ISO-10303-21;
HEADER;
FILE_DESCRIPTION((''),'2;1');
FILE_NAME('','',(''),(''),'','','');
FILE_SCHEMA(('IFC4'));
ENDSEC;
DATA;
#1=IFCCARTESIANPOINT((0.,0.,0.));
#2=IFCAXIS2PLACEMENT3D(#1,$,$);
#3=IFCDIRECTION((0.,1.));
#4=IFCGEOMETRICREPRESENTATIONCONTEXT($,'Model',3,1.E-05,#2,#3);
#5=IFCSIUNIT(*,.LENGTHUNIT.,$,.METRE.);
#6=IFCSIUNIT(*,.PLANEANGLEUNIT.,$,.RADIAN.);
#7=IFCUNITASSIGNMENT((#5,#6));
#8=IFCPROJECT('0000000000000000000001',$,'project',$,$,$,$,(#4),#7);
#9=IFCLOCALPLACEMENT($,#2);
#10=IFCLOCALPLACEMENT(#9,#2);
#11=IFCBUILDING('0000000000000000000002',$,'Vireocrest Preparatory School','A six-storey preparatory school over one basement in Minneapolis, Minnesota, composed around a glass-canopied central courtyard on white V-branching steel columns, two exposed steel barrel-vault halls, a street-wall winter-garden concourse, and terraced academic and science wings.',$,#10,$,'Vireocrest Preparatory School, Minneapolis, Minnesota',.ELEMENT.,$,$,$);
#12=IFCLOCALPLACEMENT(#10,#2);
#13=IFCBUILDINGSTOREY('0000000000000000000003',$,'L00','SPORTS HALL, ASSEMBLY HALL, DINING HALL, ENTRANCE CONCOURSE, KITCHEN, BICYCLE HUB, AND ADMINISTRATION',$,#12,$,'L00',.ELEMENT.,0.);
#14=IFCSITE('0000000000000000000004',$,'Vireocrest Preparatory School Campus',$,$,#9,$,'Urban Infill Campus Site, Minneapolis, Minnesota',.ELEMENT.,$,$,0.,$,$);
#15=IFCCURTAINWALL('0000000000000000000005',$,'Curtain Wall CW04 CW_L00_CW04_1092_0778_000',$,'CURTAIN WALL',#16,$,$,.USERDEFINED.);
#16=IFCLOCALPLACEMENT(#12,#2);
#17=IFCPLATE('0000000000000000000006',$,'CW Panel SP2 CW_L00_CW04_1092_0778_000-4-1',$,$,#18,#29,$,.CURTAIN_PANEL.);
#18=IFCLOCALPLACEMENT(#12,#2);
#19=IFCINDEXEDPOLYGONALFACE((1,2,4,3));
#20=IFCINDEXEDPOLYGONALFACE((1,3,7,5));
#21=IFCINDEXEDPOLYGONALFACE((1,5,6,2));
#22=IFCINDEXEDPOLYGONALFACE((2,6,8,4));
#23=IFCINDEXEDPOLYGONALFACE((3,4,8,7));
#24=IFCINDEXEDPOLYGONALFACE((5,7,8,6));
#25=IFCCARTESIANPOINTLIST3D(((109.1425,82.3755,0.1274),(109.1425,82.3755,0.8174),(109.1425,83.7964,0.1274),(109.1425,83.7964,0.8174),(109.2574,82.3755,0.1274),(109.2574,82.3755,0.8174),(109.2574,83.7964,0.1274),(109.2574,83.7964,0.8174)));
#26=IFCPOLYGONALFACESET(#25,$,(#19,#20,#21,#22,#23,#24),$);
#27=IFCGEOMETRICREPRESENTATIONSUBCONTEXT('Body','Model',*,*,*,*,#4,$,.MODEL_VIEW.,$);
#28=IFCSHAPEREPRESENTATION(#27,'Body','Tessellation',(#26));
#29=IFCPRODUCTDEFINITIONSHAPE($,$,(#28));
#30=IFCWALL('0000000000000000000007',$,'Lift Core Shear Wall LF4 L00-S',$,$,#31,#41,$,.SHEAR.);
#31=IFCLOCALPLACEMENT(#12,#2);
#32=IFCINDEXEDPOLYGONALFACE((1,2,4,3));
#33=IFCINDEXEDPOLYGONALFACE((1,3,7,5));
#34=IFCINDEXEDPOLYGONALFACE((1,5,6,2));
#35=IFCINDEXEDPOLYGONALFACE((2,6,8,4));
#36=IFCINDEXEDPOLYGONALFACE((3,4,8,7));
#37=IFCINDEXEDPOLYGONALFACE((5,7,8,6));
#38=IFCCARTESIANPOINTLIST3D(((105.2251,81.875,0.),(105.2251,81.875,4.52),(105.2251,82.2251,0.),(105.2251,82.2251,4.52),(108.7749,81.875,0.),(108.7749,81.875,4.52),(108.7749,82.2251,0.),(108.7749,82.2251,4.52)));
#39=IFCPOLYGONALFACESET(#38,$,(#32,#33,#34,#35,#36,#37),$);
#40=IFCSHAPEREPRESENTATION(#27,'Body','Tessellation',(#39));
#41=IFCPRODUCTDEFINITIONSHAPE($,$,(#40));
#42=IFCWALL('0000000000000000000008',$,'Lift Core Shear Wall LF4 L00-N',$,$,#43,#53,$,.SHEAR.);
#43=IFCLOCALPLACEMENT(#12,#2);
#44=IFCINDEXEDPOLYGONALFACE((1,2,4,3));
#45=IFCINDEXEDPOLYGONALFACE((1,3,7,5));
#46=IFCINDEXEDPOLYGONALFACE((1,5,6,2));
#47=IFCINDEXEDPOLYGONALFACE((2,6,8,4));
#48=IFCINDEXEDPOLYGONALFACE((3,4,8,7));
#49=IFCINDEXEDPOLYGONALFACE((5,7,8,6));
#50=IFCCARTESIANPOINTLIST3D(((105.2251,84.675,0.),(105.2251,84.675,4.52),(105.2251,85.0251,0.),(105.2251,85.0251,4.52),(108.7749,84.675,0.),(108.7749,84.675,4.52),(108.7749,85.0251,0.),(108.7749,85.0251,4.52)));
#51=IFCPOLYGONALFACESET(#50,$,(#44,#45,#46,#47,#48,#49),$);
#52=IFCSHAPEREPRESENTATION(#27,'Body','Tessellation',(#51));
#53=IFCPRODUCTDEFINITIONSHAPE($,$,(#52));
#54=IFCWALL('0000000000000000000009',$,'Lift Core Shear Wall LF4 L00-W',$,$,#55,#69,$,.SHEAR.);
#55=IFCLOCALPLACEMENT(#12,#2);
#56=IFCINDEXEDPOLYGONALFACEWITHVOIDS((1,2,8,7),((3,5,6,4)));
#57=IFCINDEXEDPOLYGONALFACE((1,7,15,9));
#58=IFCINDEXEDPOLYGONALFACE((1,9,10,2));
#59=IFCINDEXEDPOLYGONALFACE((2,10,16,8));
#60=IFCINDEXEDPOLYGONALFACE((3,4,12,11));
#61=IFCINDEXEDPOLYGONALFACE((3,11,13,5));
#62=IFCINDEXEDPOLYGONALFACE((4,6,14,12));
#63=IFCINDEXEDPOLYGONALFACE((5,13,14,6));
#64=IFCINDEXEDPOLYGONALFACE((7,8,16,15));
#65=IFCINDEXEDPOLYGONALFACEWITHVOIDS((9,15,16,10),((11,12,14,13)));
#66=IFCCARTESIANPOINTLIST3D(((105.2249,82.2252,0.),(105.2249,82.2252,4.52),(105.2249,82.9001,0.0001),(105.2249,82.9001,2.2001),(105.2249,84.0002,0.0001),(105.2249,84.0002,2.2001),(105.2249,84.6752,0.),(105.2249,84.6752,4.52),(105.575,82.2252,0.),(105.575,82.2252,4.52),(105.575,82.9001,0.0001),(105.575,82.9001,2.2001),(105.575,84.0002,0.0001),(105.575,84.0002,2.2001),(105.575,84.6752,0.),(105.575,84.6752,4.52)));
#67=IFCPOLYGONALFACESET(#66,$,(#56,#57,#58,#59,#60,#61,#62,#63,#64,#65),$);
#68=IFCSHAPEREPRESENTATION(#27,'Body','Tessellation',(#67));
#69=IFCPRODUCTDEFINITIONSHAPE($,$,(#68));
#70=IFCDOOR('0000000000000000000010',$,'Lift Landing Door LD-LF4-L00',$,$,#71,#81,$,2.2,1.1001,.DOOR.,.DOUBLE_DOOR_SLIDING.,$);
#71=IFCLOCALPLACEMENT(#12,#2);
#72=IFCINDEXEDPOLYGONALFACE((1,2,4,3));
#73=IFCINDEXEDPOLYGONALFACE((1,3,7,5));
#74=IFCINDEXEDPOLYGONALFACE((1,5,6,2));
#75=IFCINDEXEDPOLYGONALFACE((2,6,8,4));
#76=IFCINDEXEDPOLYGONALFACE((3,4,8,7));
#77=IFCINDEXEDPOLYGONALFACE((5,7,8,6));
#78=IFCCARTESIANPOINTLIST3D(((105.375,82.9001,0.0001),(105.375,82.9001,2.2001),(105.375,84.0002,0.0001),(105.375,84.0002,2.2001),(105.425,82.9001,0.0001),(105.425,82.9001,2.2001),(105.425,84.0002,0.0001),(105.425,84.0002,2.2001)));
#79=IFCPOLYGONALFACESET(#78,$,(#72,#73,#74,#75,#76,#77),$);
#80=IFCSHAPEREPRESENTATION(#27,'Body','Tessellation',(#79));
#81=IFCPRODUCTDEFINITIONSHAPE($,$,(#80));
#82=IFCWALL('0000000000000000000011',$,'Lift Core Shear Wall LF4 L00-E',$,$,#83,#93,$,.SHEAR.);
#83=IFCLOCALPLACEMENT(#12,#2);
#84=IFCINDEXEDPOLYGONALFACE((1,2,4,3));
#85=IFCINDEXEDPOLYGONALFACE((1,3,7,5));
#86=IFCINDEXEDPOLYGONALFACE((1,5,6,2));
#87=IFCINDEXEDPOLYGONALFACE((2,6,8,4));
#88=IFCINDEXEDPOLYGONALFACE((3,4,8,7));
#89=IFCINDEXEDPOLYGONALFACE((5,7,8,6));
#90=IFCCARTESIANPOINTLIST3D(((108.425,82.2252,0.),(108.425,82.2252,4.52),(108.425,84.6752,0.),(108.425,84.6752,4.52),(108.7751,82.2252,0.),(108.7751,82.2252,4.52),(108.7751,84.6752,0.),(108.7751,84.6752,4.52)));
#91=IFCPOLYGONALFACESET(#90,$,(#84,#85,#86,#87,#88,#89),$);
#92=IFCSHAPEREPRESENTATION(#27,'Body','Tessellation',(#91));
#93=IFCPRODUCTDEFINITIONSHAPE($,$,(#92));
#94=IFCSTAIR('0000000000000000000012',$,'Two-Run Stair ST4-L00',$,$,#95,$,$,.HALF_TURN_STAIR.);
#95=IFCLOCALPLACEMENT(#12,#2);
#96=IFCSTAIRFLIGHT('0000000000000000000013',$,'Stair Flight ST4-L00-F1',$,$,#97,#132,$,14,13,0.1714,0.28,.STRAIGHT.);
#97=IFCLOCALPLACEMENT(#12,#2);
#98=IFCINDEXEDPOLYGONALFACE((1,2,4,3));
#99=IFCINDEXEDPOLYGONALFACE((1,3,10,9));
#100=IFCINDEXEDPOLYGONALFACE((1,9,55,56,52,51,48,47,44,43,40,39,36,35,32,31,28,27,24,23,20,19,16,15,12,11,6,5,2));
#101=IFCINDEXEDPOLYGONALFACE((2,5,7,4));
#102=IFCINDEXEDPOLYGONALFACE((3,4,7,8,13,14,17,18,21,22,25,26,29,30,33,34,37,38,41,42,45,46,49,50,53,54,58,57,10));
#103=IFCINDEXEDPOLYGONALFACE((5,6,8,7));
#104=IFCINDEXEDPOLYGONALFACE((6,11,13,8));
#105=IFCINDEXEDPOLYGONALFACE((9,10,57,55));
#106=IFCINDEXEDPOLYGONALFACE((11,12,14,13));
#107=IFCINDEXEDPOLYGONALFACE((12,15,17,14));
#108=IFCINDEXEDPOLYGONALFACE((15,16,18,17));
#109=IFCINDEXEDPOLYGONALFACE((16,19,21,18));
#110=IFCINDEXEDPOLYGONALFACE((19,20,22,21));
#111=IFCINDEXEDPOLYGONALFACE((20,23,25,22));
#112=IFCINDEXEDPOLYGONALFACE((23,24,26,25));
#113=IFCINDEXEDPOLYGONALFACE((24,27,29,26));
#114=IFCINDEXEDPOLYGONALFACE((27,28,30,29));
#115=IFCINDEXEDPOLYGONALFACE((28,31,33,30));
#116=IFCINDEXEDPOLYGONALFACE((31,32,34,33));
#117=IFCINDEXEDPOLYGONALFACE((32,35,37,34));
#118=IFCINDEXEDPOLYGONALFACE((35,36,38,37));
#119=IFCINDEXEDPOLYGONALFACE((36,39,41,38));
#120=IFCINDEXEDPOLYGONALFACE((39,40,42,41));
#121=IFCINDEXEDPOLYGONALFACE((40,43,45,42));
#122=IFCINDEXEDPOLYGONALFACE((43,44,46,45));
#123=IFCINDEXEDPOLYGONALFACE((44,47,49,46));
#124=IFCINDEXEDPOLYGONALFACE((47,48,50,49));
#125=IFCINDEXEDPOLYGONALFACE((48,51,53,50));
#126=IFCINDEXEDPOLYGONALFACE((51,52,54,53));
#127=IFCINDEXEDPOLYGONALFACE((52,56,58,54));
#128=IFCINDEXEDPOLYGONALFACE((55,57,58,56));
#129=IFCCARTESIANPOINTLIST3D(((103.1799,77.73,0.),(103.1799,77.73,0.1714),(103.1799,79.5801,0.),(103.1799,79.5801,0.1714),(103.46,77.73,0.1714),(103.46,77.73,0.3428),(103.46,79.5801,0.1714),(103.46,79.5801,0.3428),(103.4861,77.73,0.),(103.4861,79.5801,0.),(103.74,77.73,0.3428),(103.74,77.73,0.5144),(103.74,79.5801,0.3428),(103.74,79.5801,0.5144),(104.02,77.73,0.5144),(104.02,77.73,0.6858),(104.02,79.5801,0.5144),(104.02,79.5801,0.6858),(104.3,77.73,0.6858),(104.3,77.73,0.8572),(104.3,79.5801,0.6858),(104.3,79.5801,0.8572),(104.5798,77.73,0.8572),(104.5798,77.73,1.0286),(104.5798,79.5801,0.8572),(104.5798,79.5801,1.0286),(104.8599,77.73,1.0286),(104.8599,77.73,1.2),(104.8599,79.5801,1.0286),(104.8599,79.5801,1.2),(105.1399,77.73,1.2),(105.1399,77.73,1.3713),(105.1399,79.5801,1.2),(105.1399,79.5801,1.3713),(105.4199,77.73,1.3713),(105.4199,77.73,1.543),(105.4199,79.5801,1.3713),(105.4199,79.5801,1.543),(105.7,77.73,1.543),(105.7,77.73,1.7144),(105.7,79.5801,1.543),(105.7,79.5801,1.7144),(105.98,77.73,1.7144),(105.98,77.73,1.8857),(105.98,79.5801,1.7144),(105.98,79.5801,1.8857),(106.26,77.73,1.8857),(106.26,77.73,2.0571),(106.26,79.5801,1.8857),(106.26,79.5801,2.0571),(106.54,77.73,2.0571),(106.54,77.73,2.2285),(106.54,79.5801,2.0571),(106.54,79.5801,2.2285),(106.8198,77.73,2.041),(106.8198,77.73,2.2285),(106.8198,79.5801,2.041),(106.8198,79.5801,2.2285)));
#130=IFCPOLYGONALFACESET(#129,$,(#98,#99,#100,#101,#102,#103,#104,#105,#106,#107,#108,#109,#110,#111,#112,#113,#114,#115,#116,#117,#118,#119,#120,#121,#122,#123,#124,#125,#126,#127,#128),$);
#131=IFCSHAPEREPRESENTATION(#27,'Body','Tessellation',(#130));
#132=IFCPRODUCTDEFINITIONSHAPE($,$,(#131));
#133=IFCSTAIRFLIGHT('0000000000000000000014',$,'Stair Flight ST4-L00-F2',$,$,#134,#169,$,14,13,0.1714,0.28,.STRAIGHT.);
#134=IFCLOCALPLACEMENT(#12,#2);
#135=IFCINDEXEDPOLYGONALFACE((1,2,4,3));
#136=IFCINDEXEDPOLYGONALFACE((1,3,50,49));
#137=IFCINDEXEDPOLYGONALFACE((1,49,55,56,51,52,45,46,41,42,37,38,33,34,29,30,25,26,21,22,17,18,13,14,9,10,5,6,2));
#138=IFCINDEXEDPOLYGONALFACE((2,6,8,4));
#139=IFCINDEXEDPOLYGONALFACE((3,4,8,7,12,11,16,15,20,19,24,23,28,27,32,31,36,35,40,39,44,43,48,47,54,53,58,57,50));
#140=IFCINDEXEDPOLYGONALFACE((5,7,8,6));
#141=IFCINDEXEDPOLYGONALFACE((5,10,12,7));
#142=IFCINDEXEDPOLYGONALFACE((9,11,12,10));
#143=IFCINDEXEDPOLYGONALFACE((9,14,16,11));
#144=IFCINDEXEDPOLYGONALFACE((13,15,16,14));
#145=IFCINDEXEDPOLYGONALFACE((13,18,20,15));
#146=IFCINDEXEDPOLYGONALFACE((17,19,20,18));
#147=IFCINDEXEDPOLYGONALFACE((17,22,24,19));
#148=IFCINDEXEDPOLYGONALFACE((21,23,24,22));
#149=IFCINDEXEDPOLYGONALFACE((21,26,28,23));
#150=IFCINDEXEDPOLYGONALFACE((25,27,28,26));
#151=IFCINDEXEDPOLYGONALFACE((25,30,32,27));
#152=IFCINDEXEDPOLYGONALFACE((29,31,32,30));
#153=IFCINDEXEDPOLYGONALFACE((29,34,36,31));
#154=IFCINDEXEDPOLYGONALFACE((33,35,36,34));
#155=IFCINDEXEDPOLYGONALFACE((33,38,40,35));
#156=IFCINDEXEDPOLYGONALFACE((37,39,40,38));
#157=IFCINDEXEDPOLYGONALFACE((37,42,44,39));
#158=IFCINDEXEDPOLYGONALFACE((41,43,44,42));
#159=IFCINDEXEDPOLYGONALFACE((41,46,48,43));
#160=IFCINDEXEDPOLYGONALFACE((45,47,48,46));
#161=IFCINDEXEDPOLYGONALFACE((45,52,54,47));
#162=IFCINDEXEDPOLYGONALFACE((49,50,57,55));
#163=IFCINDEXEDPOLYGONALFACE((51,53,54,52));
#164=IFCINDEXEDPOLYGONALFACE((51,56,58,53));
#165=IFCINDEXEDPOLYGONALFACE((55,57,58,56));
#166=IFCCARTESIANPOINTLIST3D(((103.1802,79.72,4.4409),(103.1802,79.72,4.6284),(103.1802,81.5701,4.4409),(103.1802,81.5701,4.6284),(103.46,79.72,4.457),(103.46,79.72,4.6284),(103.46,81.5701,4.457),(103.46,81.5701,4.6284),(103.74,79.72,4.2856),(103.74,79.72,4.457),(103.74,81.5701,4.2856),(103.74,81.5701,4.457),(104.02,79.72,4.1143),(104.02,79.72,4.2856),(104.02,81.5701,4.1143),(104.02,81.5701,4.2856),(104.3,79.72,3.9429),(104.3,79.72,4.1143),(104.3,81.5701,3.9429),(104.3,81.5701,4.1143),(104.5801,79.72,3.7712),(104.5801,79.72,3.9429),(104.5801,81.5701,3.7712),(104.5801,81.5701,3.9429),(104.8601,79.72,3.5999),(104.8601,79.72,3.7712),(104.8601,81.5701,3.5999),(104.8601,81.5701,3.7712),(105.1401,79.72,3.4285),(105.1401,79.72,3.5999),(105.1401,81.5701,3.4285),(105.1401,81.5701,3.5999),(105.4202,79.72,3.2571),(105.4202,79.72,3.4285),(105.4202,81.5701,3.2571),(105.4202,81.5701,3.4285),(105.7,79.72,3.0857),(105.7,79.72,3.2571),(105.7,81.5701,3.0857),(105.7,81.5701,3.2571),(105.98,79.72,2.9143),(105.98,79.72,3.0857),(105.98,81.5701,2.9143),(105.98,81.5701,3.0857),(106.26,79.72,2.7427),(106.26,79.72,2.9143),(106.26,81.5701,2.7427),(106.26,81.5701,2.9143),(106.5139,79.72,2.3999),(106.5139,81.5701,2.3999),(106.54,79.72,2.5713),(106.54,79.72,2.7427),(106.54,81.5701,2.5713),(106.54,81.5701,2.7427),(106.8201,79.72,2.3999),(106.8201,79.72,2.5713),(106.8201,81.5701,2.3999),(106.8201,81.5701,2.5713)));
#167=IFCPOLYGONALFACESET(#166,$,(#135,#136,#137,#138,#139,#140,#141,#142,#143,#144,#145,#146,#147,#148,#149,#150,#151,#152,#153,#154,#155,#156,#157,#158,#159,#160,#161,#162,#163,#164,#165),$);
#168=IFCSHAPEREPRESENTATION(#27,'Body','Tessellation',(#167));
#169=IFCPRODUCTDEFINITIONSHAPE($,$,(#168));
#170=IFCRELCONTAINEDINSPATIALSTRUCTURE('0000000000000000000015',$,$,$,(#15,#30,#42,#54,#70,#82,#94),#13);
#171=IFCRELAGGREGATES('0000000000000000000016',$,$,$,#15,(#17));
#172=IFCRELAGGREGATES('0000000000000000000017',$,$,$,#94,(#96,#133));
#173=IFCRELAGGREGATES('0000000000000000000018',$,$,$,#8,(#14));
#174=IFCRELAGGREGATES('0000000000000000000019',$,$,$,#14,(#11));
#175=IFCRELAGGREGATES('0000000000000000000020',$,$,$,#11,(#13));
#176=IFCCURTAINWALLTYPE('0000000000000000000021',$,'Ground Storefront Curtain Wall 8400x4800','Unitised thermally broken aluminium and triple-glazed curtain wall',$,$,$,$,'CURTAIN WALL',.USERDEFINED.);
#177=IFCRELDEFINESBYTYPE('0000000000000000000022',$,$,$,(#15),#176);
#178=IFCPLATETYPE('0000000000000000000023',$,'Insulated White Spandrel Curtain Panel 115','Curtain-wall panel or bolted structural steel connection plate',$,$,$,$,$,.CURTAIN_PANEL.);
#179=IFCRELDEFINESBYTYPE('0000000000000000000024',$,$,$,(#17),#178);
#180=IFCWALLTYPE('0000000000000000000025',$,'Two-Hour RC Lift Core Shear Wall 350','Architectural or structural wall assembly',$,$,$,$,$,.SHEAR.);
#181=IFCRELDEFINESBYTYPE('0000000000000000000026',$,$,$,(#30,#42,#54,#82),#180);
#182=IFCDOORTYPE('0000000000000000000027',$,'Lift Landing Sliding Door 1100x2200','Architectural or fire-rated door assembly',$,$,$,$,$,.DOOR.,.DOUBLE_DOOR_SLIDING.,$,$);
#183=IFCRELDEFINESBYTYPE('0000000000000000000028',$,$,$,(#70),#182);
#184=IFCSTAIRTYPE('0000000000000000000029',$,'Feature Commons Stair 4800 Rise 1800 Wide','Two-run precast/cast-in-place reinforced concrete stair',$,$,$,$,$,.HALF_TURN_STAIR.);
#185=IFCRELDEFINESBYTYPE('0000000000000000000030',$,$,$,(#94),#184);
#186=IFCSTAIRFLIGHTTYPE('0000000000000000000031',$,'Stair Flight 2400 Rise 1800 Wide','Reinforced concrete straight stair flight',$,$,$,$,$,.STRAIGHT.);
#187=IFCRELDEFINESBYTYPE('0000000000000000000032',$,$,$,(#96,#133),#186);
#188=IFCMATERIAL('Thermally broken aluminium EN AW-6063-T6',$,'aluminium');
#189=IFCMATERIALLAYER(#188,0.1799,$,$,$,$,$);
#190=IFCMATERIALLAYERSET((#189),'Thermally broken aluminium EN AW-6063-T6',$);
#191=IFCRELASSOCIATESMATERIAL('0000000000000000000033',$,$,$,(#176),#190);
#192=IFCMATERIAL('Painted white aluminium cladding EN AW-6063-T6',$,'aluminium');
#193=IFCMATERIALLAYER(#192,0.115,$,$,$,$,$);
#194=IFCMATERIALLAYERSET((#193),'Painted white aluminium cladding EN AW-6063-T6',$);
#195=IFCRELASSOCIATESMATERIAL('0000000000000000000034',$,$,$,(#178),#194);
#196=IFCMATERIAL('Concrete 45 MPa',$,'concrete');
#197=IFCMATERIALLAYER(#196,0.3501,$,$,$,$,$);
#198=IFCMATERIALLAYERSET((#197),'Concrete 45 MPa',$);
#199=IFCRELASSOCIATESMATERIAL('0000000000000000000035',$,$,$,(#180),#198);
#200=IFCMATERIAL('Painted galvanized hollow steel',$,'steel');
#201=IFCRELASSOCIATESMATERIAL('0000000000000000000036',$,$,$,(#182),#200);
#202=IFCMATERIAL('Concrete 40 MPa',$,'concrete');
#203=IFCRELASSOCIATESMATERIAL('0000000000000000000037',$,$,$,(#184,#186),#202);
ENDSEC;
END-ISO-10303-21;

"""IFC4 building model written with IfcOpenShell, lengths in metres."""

from ifc_helpers import new_model, si_unit, direction, frame, frame_2d, origin, origin_2d, place, context, subcontext, project, spatial, polyline, rectangle, outline, extrude, material, layer, layer_set, type_object, element, fill, aggregate, save


model = new_model("IFC4")

# Units and contexts
model_context = context("Model", 3, precision=1e-05, world=origin(), true_north=direction((0.0, 1.0)))
body_context = subcontext(model_context, "Body", "Model", "MODEL_VIEW")
ifc_project = project(units=[si_unit("LENGTHUNIT", "METRE"), si_unit("PLANEANGLEUNIT", "RADIAN")], contexts=[model_context])

# Site, building, storey
site_placement = place(None, origin())
site = spatial("IfcSite", under=ifc_project, at=site_placement, Name="Vireocrest Preparatory School Campus", LongName="Urban Infill Campus Site, Minneapolis, Minnesota", CompositionType="ELEMENT", RefElevation=0.0)
building_placement = place(site_placement, origin())
building = spatial("IfcBuilding", under=site, at=building_placement, Name="Vireocrest Preparatory School", Description="A six-storey preparatory school over one basement in Minneapolis, Minnesota, composed around a glass-canopied central courtyard on white V-branching steel columns, two exposed steel barrel-vault halls, a street-wall winter-garden concourse, and terraced academic and science wings.", LongName="Vireocrest Preparatory School, Minneapolis, Minnesota", CompositionType="ELEMENT")
storey_placement = place(building_placement, origin())
storey = spatial("IfcBuildingStorey", under=building, at=storey_placement, Name="L00", Description="SPORTS HALL, ASSEMBLY HALL, DINING HALL, ENTRANCE CONCOURSE, KITCHEN, BICYCLE HUB, AND ADMINISTRATION", LongName="L00", CompositionType="ELEMENT", Elevation=0.0)

# Curtain wall, plate
ifc_material_1 = material(Name="Thermally broken aluminium EN AW-6063-T6", Category="aluminium")
ifc_layer_1 = layer(ifc_material_1, 0.1799)
ifc_layer_set_1 = layer_set([ifc_layer_1], Name="Thermally broken aluminium EN AW-6063-T6")
curtain_wall_type = type_object("IfcCurtainWallType", Name="Ground Storefront Curtain Wall 8400x4800", Description="Unitised thermally broken aluminium and triple-glazed curtain wall", ElementType="CURTAIN WALL", PredefinedType="USERDEFINED", material=ifc_layer_set_1)
curtain_wall_placement = place(storey_placement, origin())
curtain_wall = element("IfcCurtainWall", 1, at=curtain_wall_placement, inside=storey, type_object=curtain_wall_type, Name="Curtain Wall CW04 CW_L00_CW04_1092_0778_000", ObjectType="CURTAIN WALL", PredefinedType="USERDEFINED")
ifc_material_2 = material(Name="Painted white aluminium cladding EN AW-6063-T6", Category="aluminium")
ifc_layer_2 = layer(ifc_material_2, 0.115)
ifc_layer_set_2 = layer_set([ifc_layer_2], Name="Painted white aluminium cladding EN AW-6063-T6")
plate_type_1 = type_object("IfcPlateType", Name="Insulated White Spandrel Curtain Panel 115", Description="Curtain-wall panel or bolted structural steel connection plate", PredefinedType="CURTAIN_PANEL", material=ifc_layer_set_2)
plate_1_placement = place(storey_placement, frame((109.2, 83.0859, 0.1274), z_axis=(0.0, 0.0, 1.0), x_axis=(0.0, 1.0, 0.0)))
plate_1 = element("IfcPlate", 2, at=plate_1_placement, type_object=plate_type_1, Name="CW Panel SP2 CW_L00_CW04_1092_0778_000-4-1", PredefinedType="CURTAIN_PANEL", context=body_context, shape_type="SweptSolid", body=[
    extrude(rectangle(XDim=1.4209, YDim=0.115, at=origin_2d()), origin(), (0.0, 0.0, 1.0), 0.6899),
])
aggregate(curtain_wall, [plate_1])

# Walls
ifc_material_3 = material(Name="Concrete 45 MPa", Category="concrete")
ifc_layer_3 = layer(ifc_material_3, 0.3501)
ifc_layer_set_3 = layer_set([ifc_layer_3], Name="Concrete 45 MPa")
wall_type = type_object("IfcWallType", Name="Two-Hour RC Lift Core Shear Wall 350", Description="Architectural or structural wall assembly", PredefinedType="SHEAR", material=ifc_layer_set_3)
for number, where, z_axis, x_axis, name in (
    (3, (105.2251, 82.05, 0.0), (0.0, 0.0, 1.0), (1.0, 0.0, 0.0), "Lift Core Shear Wall LF4 L00-S"),
    (4, (105.2251, 84.8501, 0.0), (0.0, 0.0, 1.0), (1.0, 0.0, 0.0), "Lift Core Shear Wall LF4 L00-N"),
):
    element("IfcWall", number, at=place(storey_placement, frame(where, z_axis=z_axis, x_axis=x_axis)), inside=storey, type_object=wall_type, Name=name, PredefinedType="SHEAR", context=body_context, shape_type="SweptSolid", body=[
        extrude(rectangle(XDim=3.5498, YDim=0.3501, at=frame_2d((1.7749, 0.0))), origin(), (0.0, 0.0, 1.0), 4.52),
    ])

# Wall, opening, door
wall_1_placement = place(storey_placement, frame((105.3999, 82.2251, 0.0), z_axis=(0.0, 0.0, 1.0), x_axis=(0.0, 1.0, 0.0)))
wall_1 = element("IfcWall", 5, at=wall_1_placement, inside=storey, type_object=wall_type, Name="Lift Core Shear Wall LF4 L00-W", PredefinedType="SHEAR", context=body_context, shape_type="SweptSolid", body=[
    extrude(rectangle(XDim=2.45, YDim=0.3501, at=frame_2d((1.2251, 0.0))), origin(), (0.0, 0.0, 1.0), 4.52),
])
opening_placement = place(wall_1_placement, frame((0.675, 0.0, 0.0)))
opening = element("IfcOpeningElement", 6, at=opening_placement, cuts=wall_1, PredefinedType="OPENING", context=body_context, shape_type="SweptSolid", body=[
    extrude(rectangle(XDim=1.1001, YDim=2.2, at=frame_2d((0.55, 1.1001))), frame((0.0, 0.1851, 0.0), z_axis=(0.0, -1.0, 0.0), x_axis=(1.0, 0.0, 0.0)), (0.0, 0.0, 1.0), 0.3701),
])
ifc_material_4 = material(Name="Painted galvanized hollow steel", Category="steel")
door_type = type_object("IfcDoorType", Name="Lift Landing Sliding Door 1100x2200", Description="Architectural or fire-rated door assembly", OperationType="DOUBLE_DOOR_SLIDING", PredefinedType="DOOR", material=ifc_material_4)
door_placement = place(opening_placement, origin())
door = element("IfcDoor", 7, at=door_placement, inside=storey, type_object=door_type, Name="Lift Landing Door LD-LF4-L00", OperationType="DOUBLE_DOOR_SLIDING", OverallHeight=2.2, OverallWidth=1.1001, PredefinedType="DOOR", context=body_context, shape_type="SweptSolid", body=[
    extrude(rectangle(XDim=1.1001, YDim=2.2, at=frame_2d((0.55, 1.1001))), frame((0.0, 0.0249, 0.0), z_axis=(0.0, -1.0, 0.0), x_axis=(1.0, 0.0, 0.0)), (0.0, 0.0, 1.0), 0.05),
])
fill(opening, door)

# Wall
wall_2_placement = place(storey_placement, frame((108.6001, 82.2251, 0.0), z_axis=(0.0, 0.0, 1.0), x_axis=(0.0, 1.0, 0.0)))
element("IfcWall", 8, at=wall_2_placement, inside=storey, type_object=wall_type, Name="Lift Core Shear Wall LF4 L00-E", PredefinedType="SHEAR", context=body_context, shape_type="SweptSolid", body=[
    extrude(rectangle(XDim=2.45, YDim=0.3501, at=frame_2d((1.2251, 0.0))), origin(), (0.0, 0.0, 1.0), 4.52),
])

# Stair, stair flights
ifc_material_5 = material(Name="Concrete 40 MPa", Category="concrete")
stair_type = type_object("IfcStairType", Name="Feature Commons Stair 4800 Rise 1800 Wide", Description="Two-run precast/cast-in-place reinforced concrete stair", PredefinedType="HALF_TURN_STAIR", material=ifc_material_5)
stair_placement = place(storey_placement, origin())
stair = element("IfcStair", 9, at=stair_placement, inside=storey, type_object=stair_type, Name="Two-Run Stair ST4-L00", PredefinedType="HALF_TURN_STAIR")
stair_flight_type = type_object("IfcStairFlightType", Name="Stair Flight 2400 Rise 1800 Wide", Description="Reinforced concrete straight stair flight", PredefinedType="STRAIGHT", material=ifc_material_5)
stair_flight_1_placement = place(storey_placement, frame((103.1799, 78.655, 0.0), z_axis=(0.0, 0.0, 1.0), x_axis=(1.0, 0.0, 0.0)))
stair_flight_1 = element("IfcStairFlight", 10, at=stair_flight_1_placement, type_object=stair_flight_type, Name="Stair Flight ST4-L00-F1", NumberOfRisers=14, NumberOfTreads=13, PredefinedType="STRAIGHT", RiserHeight=0.1714, TreadLength=0.28, context=body_context, shape_type="SweptSolid", body=[
    extrude(outline(polyline([(0.0, 0.0), (0.0, 0.1714), (0.28, 0.1714), (0.28, 0.3428), (0.5601, 0.3428), (0.5601, 0.5144), (0.8401, 0.5144), (0.8401, 0.6858), (1.1201, 0.6858), (1.1201, 0.8572), (1.3999, 0.8572), (1.3999, 1.0286), (1.6799, 1.0286), (1.6799, 1.2), (1.96, 1.2), (1.96, 1.3713), (2.24, 1.3713), (2.24, 1.543), (2.52, 1.543), (2.52, 1.7144), (2.8, 1.7144), (2.8, 1.8857), (3.0801, 1.8857), (3.0801, 2.0571), (3.3601, 2.0571), (3.3601, 2.2285), (3.6399, 2.2285), (3.6399, 2.3999), (3.6399, 2.041), (0.3062, 0.0), (0.0, 0.0)])), frame((0.0, 0.925, 0.0), z_axis=(0.0, -1.0, 0.0), x_axis=(1.0, 0.0, 0.0)), (0.0, 0.0, 1.0), 1.8501),
])
stair_flight_2_placement = place(storey_placement, frame((106.8201, 80.645, 2.3999), z_axis=(0.0, 0.0, 1.0), x_axis=(-1.0, 0.0, 0.0)))
stair_flight_2 = element("IfcStairFlight", 11, at=stair_flight_2_placement, type_object=stair_flight_type, Name="Stair Flight ST4-L00-F2", NumberOfRisers=14, NumberOfTreads=13, PredefinedType="STRAIGHT", RiserHeight=0.1714, TreadLength=0.28, context=body_context, shape_type="SweptSolid", body=[
    extrude(outline(polyline([(0.0, 0.0), (0.0, 0.1714), (0.28, 0.1714), (0.28, 0.3428), (0.5601, 0.3428), (0.5601, 0.5144), (0.8401, 0.5144), (0.8401, 0.6858), (1.1201, 0.6858), (1.1201, 0.8572), (1.3999, 0.8572), (1.3999, 1.0286), (1.6799, 1.0286), (1.6799, 1.2), (1.96, 1.2), (1.96, 1.3713), (2.24, 1.3713), (2.24, 1.543), (2.52, 1.543), (2.52, 1.7144), (2.8, 1.7144), (2.8, 1.8857), (3.0801, 1.8857), (3.0801, 2.0571), (3.3601, 2.0571), (3.3601, 2.2285), (3.6399, 2.2285), (3.6399, 2.3999), (3.6399, 2.041), (0.3062, 0.0), (0.0, 0.0)])), frame((0.0, 0.925, 0.0), z_axis=(0.0, -1.0, 0.0), x_axis=(1.0, 0.0, 0.0)), (0.0, 0.0, 1.0), 1.8501),
])
aggregate(stair, [stair_flight_1, stair_flight_2])

save(model, "model.ifc")
